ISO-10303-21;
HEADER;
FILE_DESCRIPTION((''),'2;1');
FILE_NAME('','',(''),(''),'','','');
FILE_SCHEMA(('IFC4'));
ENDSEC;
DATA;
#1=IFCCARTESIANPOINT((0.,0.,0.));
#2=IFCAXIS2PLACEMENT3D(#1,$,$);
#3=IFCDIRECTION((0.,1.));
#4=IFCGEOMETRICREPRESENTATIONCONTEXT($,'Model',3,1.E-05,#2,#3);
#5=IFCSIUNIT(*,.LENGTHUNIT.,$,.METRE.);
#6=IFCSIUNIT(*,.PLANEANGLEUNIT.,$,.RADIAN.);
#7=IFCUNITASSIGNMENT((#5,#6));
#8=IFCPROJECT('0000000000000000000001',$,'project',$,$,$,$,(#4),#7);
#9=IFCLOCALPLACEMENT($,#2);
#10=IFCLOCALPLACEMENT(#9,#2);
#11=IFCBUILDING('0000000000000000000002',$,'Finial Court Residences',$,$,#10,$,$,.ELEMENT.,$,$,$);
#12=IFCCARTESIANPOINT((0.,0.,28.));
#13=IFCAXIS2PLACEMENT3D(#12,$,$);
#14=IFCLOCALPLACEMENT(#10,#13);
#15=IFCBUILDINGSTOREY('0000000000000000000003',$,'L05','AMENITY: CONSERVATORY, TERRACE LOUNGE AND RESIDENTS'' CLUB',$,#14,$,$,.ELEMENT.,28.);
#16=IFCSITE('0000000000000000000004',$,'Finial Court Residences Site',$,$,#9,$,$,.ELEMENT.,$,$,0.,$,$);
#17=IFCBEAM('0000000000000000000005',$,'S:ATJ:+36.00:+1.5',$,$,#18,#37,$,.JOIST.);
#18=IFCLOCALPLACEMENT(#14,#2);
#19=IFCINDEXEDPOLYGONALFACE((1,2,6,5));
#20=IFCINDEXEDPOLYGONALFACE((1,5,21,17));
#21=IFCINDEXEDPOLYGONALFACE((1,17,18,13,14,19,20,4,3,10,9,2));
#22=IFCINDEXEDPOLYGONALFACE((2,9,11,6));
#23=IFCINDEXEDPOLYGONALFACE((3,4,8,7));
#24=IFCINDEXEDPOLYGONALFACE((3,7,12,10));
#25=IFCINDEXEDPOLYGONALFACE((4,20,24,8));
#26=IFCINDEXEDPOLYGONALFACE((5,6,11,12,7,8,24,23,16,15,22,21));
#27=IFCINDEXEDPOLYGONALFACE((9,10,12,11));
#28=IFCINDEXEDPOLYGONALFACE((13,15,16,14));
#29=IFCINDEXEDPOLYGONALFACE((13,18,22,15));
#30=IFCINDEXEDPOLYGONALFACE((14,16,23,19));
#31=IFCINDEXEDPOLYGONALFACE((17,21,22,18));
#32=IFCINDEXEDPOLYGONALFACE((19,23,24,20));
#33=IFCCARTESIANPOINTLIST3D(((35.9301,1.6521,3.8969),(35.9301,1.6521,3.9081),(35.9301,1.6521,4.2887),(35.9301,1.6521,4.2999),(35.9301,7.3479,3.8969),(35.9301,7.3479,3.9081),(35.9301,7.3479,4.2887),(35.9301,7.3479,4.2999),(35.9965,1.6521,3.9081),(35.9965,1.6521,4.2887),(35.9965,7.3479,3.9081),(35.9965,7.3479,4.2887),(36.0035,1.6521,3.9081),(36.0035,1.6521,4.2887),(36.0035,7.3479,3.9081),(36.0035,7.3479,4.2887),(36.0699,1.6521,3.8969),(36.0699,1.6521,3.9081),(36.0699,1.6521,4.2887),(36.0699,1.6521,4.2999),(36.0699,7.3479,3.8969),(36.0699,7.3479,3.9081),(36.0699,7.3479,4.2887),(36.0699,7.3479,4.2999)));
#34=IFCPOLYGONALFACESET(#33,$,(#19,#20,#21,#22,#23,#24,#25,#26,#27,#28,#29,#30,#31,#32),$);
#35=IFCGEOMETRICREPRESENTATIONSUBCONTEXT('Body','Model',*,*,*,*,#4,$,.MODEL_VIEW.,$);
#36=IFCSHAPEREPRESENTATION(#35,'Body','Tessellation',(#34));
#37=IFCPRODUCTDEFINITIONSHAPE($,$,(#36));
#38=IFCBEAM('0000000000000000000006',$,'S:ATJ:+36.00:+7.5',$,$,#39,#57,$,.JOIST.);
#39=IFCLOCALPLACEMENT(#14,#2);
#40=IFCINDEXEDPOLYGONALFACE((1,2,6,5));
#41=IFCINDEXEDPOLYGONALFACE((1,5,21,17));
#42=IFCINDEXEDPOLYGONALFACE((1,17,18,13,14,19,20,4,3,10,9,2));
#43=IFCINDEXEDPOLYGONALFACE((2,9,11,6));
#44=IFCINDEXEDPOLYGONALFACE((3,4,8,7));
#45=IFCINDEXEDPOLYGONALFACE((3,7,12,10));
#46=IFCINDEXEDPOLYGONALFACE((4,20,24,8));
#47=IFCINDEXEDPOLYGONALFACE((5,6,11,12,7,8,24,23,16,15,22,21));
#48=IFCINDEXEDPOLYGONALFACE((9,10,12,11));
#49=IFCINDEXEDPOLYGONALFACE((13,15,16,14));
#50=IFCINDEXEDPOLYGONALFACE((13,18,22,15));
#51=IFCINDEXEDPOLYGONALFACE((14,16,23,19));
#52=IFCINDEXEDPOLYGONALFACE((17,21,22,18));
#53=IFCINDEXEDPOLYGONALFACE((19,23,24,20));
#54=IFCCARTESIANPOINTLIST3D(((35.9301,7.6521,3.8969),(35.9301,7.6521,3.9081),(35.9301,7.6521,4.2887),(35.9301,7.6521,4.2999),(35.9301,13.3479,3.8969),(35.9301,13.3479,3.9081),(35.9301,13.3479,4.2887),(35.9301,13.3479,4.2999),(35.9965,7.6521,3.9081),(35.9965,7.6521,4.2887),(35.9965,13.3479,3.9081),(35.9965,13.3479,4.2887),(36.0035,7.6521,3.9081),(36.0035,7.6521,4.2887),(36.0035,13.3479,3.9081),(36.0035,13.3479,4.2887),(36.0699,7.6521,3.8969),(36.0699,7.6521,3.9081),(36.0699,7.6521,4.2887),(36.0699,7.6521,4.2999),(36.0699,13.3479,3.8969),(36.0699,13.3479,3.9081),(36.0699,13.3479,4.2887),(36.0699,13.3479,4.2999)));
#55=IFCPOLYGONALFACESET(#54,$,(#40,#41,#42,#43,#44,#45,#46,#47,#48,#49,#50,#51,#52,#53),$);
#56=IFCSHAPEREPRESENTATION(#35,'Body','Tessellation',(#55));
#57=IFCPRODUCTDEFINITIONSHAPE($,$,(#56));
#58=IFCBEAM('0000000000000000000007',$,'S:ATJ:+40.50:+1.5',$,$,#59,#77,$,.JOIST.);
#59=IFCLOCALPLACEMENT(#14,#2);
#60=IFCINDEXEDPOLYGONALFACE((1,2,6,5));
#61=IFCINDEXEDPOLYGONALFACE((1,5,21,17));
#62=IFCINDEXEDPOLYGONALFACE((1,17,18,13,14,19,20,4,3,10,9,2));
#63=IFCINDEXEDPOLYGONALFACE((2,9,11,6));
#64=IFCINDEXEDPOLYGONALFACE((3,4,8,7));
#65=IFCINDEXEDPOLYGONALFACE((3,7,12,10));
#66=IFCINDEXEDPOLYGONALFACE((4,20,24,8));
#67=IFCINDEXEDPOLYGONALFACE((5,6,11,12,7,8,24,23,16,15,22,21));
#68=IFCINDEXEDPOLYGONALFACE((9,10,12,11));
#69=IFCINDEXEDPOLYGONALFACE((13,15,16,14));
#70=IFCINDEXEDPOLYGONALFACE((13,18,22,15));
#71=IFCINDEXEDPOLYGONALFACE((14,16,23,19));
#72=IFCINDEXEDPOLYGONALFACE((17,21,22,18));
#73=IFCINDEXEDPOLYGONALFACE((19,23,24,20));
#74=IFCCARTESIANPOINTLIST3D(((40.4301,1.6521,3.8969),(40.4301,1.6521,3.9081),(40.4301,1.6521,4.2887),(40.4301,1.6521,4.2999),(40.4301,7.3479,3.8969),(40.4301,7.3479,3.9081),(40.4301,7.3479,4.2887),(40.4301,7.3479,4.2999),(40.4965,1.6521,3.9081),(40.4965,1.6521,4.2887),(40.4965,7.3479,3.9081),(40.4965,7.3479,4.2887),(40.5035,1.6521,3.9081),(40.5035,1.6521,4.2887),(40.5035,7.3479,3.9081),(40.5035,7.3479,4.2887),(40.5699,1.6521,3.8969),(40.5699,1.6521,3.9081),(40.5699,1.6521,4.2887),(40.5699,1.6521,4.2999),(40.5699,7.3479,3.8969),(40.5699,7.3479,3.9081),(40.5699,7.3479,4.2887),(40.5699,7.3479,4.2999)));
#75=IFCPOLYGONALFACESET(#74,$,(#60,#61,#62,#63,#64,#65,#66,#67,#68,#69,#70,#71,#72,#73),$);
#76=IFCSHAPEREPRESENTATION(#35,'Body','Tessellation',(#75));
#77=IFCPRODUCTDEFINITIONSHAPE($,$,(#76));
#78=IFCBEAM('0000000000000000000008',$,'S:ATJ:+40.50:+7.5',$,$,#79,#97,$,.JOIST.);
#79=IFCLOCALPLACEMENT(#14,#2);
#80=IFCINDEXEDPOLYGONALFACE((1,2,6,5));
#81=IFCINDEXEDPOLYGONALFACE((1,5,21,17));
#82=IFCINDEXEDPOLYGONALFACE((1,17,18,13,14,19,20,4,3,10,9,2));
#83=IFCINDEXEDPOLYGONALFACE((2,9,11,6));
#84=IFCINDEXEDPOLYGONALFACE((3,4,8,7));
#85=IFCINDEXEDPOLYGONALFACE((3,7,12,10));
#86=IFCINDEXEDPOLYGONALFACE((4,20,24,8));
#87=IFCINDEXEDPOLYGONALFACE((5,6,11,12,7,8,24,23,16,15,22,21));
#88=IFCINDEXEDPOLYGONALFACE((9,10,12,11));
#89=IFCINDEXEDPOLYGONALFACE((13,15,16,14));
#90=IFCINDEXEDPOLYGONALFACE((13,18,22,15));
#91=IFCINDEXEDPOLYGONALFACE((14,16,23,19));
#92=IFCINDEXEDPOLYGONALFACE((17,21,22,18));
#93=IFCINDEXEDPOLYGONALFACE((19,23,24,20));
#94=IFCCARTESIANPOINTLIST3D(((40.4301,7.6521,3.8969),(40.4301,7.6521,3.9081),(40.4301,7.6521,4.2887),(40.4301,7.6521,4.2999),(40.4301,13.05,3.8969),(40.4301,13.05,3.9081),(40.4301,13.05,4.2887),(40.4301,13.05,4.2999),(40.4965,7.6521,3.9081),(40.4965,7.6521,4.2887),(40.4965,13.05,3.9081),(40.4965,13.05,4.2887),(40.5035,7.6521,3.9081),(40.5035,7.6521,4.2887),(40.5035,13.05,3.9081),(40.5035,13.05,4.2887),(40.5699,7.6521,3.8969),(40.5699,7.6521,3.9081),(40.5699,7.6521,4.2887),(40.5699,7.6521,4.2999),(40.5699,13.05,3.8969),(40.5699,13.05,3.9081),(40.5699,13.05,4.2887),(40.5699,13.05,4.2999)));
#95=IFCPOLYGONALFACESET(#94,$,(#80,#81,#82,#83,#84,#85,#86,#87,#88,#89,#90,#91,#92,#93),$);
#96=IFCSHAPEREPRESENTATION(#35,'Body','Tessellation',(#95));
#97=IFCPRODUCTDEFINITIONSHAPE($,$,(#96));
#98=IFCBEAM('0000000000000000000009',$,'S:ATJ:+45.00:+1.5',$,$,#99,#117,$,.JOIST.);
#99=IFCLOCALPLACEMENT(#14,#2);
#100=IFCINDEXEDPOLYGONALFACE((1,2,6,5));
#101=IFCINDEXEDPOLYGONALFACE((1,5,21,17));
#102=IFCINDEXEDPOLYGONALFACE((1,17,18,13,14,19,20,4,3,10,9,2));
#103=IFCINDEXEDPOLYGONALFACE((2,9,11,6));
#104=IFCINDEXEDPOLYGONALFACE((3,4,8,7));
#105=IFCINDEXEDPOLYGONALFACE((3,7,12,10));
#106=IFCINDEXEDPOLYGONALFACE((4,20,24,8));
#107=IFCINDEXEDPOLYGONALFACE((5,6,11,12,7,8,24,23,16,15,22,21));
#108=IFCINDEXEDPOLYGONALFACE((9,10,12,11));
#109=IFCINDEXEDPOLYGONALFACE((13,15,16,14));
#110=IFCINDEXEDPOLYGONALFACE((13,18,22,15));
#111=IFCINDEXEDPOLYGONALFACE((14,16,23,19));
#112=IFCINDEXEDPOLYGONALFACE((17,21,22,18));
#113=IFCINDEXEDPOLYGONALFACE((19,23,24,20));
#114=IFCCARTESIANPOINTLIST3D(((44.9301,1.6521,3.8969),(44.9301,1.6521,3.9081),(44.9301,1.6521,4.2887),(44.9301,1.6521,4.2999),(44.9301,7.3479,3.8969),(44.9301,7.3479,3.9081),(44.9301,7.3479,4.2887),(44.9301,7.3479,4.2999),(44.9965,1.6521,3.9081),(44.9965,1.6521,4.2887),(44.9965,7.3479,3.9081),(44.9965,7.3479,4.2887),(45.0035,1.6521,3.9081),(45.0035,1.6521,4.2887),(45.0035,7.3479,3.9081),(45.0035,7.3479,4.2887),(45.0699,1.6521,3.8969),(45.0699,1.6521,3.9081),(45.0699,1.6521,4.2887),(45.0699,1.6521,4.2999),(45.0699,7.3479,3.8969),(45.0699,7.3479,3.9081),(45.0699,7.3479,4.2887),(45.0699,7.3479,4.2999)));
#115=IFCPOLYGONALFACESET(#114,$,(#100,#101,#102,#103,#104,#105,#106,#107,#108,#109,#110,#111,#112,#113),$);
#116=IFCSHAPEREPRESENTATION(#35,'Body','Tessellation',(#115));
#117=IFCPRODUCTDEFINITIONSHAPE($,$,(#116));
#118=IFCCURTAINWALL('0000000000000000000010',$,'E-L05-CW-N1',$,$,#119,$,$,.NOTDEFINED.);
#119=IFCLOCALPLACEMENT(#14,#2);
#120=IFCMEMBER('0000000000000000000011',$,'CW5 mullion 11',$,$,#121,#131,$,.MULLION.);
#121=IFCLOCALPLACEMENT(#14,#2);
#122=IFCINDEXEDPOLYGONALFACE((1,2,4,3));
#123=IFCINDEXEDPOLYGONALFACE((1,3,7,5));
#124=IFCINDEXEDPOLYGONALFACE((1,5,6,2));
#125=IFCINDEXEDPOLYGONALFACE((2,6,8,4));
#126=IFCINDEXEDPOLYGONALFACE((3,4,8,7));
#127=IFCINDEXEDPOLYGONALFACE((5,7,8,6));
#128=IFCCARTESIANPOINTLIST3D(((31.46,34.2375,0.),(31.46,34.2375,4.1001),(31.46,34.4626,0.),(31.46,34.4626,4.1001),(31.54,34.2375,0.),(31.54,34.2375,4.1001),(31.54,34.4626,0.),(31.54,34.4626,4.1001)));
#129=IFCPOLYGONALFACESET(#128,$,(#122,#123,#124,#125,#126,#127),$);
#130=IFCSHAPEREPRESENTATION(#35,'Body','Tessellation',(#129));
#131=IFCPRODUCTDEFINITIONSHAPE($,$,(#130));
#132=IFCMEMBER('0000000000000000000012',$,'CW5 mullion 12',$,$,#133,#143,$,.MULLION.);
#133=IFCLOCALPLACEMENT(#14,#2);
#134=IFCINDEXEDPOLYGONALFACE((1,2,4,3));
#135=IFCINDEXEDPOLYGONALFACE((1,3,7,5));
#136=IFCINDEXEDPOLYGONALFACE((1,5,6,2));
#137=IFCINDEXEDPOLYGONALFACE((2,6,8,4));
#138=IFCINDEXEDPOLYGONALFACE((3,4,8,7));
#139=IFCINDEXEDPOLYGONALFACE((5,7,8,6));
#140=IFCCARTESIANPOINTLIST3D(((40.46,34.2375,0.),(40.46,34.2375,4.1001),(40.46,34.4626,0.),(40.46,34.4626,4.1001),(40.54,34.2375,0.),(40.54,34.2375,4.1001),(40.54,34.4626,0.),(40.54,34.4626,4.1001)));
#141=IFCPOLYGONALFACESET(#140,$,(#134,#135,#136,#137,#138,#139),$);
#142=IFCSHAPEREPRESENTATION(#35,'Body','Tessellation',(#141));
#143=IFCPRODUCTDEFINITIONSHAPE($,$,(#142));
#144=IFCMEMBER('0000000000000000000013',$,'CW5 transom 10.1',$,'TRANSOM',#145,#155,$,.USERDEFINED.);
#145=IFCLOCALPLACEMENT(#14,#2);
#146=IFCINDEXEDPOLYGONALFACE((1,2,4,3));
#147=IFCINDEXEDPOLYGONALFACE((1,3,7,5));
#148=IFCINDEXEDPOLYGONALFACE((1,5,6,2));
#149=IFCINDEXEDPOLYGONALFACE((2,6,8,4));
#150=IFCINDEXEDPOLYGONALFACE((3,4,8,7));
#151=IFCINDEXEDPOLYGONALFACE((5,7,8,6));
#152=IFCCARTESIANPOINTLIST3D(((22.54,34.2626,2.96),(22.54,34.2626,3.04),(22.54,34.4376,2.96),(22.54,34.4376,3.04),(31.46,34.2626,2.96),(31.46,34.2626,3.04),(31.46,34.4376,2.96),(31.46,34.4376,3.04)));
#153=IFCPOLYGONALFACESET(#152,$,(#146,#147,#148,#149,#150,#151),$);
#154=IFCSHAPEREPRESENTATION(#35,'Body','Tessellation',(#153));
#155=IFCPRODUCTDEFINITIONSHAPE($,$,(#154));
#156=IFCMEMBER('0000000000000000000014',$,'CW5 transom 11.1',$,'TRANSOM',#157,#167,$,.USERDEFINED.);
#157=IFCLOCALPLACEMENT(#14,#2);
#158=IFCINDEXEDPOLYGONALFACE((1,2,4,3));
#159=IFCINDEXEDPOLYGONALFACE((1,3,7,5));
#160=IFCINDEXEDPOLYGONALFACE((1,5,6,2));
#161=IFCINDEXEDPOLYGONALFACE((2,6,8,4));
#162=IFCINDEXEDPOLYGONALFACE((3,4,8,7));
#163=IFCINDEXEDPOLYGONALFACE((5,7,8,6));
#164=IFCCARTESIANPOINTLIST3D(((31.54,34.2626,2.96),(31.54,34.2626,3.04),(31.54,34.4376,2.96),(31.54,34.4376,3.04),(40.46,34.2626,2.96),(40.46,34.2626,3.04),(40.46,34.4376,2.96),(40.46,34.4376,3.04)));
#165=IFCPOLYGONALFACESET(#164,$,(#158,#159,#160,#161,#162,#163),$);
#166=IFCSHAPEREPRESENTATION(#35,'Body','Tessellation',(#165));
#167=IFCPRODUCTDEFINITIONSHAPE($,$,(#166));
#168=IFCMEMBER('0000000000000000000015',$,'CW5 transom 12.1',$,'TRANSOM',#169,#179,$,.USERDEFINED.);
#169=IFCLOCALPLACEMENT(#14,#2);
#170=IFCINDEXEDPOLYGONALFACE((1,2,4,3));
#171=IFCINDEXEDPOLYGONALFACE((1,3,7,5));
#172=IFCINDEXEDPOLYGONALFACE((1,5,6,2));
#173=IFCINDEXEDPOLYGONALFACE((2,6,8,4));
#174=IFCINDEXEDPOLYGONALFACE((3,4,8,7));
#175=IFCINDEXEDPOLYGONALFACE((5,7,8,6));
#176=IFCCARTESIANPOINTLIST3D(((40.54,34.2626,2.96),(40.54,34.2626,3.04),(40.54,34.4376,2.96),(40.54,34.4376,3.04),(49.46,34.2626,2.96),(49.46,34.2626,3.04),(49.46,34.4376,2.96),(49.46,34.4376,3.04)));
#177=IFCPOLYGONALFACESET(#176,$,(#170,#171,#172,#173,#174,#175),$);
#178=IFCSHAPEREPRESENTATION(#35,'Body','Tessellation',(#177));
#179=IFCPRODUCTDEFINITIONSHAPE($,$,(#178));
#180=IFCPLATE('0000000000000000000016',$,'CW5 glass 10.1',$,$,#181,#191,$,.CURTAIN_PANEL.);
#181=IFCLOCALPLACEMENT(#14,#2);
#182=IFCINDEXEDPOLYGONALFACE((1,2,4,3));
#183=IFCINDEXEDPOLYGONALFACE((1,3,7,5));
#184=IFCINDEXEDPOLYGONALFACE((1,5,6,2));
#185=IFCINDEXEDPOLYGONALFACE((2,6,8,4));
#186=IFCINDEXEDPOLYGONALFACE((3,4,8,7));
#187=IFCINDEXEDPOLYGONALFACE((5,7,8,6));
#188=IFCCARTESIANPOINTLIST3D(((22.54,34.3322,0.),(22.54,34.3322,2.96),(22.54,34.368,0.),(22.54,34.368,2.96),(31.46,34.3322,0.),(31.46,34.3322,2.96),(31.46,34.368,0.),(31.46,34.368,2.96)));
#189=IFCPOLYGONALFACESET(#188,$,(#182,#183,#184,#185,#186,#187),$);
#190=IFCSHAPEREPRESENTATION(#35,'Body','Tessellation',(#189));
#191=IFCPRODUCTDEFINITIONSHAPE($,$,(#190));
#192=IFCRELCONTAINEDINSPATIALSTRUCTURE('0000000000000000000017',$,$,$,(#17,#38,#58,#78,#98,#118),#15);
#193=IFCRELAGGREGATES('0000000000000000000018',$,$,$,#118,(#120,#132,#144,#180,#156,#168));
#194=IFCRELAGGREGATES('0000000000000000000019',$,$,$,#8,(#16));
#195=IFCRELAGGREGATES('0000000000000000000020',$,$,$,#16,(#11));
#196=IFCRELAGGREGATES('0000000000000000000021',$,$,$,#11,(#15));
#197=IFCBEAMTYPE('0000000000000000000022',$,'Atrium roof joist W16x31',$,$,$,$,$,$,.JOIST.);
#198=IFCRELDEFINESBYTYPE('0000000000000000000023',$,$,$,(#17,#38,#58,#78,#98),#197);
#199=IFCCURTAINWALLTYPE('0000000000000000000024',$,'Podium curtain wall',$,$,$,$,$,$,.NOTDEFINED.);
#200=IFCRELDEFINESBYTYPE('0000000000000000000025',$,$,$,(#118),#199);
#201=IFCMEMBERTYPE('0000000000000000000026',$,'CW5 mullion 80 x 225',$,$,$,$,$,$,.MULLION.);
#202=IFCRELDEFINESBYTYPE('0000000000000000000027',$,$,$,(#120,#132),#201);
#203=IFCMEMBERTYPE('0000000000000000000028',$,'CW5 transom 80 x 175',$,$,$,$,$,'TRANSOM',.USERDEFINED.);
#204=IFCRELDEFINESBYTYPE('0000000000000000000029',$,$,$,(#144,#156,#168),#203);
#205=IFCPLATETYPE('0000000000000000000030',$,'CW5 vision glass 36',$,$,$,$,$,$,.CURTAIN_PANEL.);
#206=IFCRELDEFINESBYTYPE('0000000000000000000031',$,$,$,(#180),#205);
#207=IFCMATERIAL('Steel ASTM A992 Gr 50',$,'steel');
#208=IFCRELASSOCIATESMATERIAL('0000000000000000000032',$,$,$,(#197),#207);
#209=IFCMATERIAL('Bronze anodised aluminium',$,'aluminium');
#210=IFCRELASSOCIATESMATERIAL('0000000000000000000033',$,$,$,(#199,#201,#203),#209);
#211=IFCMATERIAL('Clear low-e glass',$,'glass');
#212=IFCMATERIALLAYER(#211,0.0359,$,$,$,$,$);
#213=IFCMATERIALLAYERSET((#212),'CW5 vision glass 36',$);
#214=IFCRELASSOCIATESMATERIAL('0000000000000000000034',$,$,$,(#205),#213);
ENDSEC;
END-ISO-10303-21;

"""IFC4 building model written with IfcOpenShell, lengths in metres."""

from ifc_helpers import new_model, si_unit, direction, frame, origin, origin_2d, place, context, subcontext, project, spatial, rectangle, i_section, extrude, material, layer, layer_set, material_profile, profile_set, type_object, element, aggregate, save


model = new_model("IFC4")

# Units and contexts
model_context = context("Model", 3, precision=1e-05, world=origin(), true_north=direction((0.0, 1.0)))
body_context = subcontext(model_context, "Body", "Model", "MODEL_VIEW")
ifc_project = project(units=[si_unit("LENGTHUNIT", "METRE"), si_unit("PLANEANGLEUNIT", "RADIAN")], contexts=[model_context])

# Site, building, storey
site_placement = place(None, origin())
site = spatial("IfcSite", under=ifc_project, at=site_placement, Name="Finial Court Residences Site", CompositionType="ELEMENT", RefElevation=0.0)
building_placement = place(site_placement, origin())
building = spatial("IfcBuilding", under=site, at=building_placement, Name="Finial Court Residences", CompositionType="ELEMENT")
storey_placement = place(building_placement, frame((0.0, 0.0, 28.0)))
storey = spatial("IfcBuildingStorey", under=building, at=storey_placement, Name="L05", Description="AMENITY: CONSERVATORY, TERRACE LOUNGE AND RESIDENTS' CLUB", CompositionType="ELEMENT", Elevation=28.0)

# Beams
ifc_material_1 = material(Name="Steel ASTM A992 Gr 50", Category="steel")
ifc_material_profile_1 = material_profile(ifc_material_1, i_section(OverallWidth=0.1399, OverallDepth=0.4031, WebThickness=0.0071, FlangeThickness=0.0112, at=origin_2d()), Name="W16x31")
ifc_profile_set_1 = profile_set([ifc_material_profile_1], Name="Steel ASTM A992 Gr 50")
beam_type_1 = type_object("IfcBeamType", Name="Atrium roof joist W16x31", PredefinedType="JOIST", material=ifc_profile_set_1)
for number, where, z_axis, x_axis, name in (
    (1, (36.0, 1.6521, 4.0984), (0.0, 1.0, 0.0), (-1.0, 0.0, 0.0), "S:ATJ:+36.00:+1.5"),
    (2, (36.0, 7.6521, 4.0984), (0.0, 1.0, 0.0), (-1.0, 0.0, 0.0), "S:ATJ:+36.00:+7.5"),
    (3, (40.5, 1.6521, 4.0984), (0.0, 1.0, 0.0), (-1.0, 0.0, 0.0), "S:ATJ:+40.50:+1.5"),
):
    element("IfcBeam", number, at=place(storey_placement, frame(where, z_axis=z_axis, x_axis=x_axis)), inside=storey, type_object=beam_type_1, Name=name, PredefinedType="JOIST", context=body_context, shape_type="SweptSolid", body=[
        extrude(i_section(OverallWidth=0.1399, OverallDepth=0.4031, WebThickness=0.0071, FlangeThickness=0.0112, at=origin_2d()), origin(), (0.0, 0.0, 1.0), 5.6958),
    ])
beam_1_placement = place(storey_placement, frame((40.5, 7.6521, 4.0984), z_axis=(0.0, 1.0, 0.0), x_axis=(-1.0, 0.0, 0.0)))
element("IfcBeam", 4, at=beam_1_placement, inside=storey, type_object=beam_type_1, Name="S:ATJ:+40.50:+7.5", PredefinedType="JOIST", context=body_context, shape_type="SweptSolid", body=[
    extrude(i_section(OverallWidth=0.1399, OverallDepth=0.4031, WebThickness=0.0071, FlangeThickness=0.0112, at=origin_2d()), origin(), (0.0, 0.0, 1.0), 5.3979),
])
beam_2_placement = place(storey_placement, frame((45.0, 1.6521, 4.0984), z_axis=(0.0, 1.0, 0.0), x_axis=(-1.0, 0.0, 0.0)))
element("IfcBeam", 5, at=beam_2_placement, inside=storey, type_object=beam_type_1, Name="S:ATJ:+45.00:+1.5", PredefinedType="JOIST", context=body_context, shape_type="SweptSolid", body=[
    extrude(i_section(OverallWidth=0.1399, OverallDepth=0.4031, WebThickness=0.0071, FlangeThickness=0.0112, at=origin_2d()), origin(), (0.0, 0.0, 1.0), 5.6958),
])

# Curtain wall, members, plate
ifc_material_2 = material(Name="Bronze anodised aluminium", Category="aluminium")
curtain_wall_type = type_object("IfcCurtainWallType", Name="Podium curtain wall", PredefinedType="NOTDEFINED", material=ifc_material_2)
curtain_wall_placement = place(storey_placement, origin())
curtain_wall = element("IfcCurtainWall", 6, at=curtain_wall_placement, inside=storey, type_object=curtain_wall_type, Name="E-L05-CW-N1", PredefinedType="NOTDEFINED")
ifc_material_profile_2 = material_profile(ifc_material_2, rectangle(XDim=0.2251, YDim=0.0801, at=origin_2d()), Name="CW5 mullion 80 x 225")
ifc_profile_set_2 = profile_set([ifc_material_profile_2], Name="Bronze anodised aluminium")
member_type_1 = type_object("IfcMemberType", Name="CW5 mullion 80 x 225", PredefinedType="MULLION", material=ifc_profile_set_2)
member_1_placement = place(storey_placement, frame((31.5, 34.3501, 0.0), z_axis=(0.0, 0.0, 1.0), x_axis=(0.0, 1.0, 0.0)))
member_1 = element("IfcMember", 7, at=member_1_placement, type_object=member_type_1, Name="CW5 mullion 11", PredefinedType="MULLION", context=body_context, shape_type="SweptSolid", body=[
    extrude(rectangle(XDim=0.2251, YDim=0.0801, at=origin_2d()), origin(), (0.0, 0.0, 1.0), 4.1001),
])
member_2_placement = place(storey_placement, frame((40.5, 34.3501, 0.0), z_axis=(0.0, 0.0, 1.0), x_axis=(0.0, 1.0, 0.0)))
member_2 = element("IfcMember", 8, at=member_2_placement, type_object=member_type_1, Name="CW5 mullion 12", PredefinedType="MULLION", context=body_context, shape_type="SweptSolid", body=[
    extrude(rectangle(XDim=0.2251, YDim=0.0801, at=origin_2d()), origin(), (0.0, 0.0, 1.0), 4.1001),
])
ifc_material_profile_3 = material_profile(ifc_material_2, rectangle(XDim=0.175, YDim=0.0801, at=origin_2d()), Name="CW5 transom 80 x 175")
ifc_profile_set_3 = profile_set([ifc_material_profile_3], Name="Bronze anodised aluminium")
member_type_2 = type_object("IfcMemberType", Name="CW5 transom 80 x 175", ElementType="TRANSOM", PredefinedType="USERDEFINED", material=ifc_profile_set_3)
member_3_placement = place(storey_placement, frame((22.54, 34.3501, 3.0), z_axis=(1.0, 0.0, 0.0), x_axis=(0.0, 1.0, 0.0)))
member_3 = element("IfcMember", 9, at=member_3_placement, type_object=member_type_2, Name="CW5 transom 10.1", ObjectType="TRANSOM", PredefinedType="USERDEFINED", context=body_context, shape_type="SweptSolid", body=[
    extrude(rectangle(XDim=0.175, YDim=0.0801, at=origin_2d()), origin(), (0.0, 0.0, 1.0), 8.9199),
])
member_4_placement = place(storey_placement, frame((31.54, 34.3501, 3.0), z_axis=(1.0, 0.0, 0.0), x_axis=(0.0, 1.0, 0.0)))
member_4 = element("IfcMember", 10, at=member_4_placement, type_object=member_type_2, Name="CW5 transom 11.1", ObjectType="TRANSOM", PredefinedType="USERDEFINED", context=body_context, shape_type="SweptSolid", body=[
    extrude(rectangle(XDim=0.175, YDim=0.0801, at=origin_2d()), origin(), (0.0, 0.0, 1.0), 8.9199),
])
member_5_placement = place(storey_placement, frame((40.54, 34.3501, 3.0), z_axis=(1.0, 0.0, 0.0), x_axis=(0.0, 1.0, 0.0)))
member_5 = element("IfcMember", 11, at=member_5_placement, type_object=member_type_2, Name="CW5 transom 12.1", ObjectType="TRANSOM", PredefinedType="USERDEFINED", context=body_context, shape_type="SweptSolid", body=[
    extrude(rectangle(XDim=0.175, YDim=0.0801, at=origin_2d()), origin(), (0.0, 0.0, 1.0), 8.9199),
])
ifc_material_3 = material(Name="Clear low-e glass", Category="glass")
ifc_layer_1 = layer(ifc_material_3, 0.0359)
ifc_layer_set_1 = layer_set([ifc_layer_1], Name="CW5 vision glass 36")
plate_type = type_object("IfcPlateType", Name="CW5 vision glass 36", PredefinedType="CURTAIN_PANEL", material=ifc_layer_set_1)
plate_1_placement = place(storey_placement, frame((27.0, 34.3501, 0.0), z_axis=(0.0, 0.0, 1.0), x_axis=(1.0, 0.0, 0.0)))
plate_1 = element("IfcPlate", 12, at=plate_1_placement, type_object=plate_type, Name="CW5 glass 10.1", PredefinedType="CURTAIN_PANEL", context=body_context, shape_type="SweptSolid", body=[
    extrude(rectangle(XDim=8.9199, YDim=0.0359, at=origin_2d()), origin(), (0.0, 0.0, 1.0), 2.96),
])
aggregate(curtain_wall, [member_1, member_2, member_3, plate_1, member_4, member_5])

save(model, "model.ifc")
